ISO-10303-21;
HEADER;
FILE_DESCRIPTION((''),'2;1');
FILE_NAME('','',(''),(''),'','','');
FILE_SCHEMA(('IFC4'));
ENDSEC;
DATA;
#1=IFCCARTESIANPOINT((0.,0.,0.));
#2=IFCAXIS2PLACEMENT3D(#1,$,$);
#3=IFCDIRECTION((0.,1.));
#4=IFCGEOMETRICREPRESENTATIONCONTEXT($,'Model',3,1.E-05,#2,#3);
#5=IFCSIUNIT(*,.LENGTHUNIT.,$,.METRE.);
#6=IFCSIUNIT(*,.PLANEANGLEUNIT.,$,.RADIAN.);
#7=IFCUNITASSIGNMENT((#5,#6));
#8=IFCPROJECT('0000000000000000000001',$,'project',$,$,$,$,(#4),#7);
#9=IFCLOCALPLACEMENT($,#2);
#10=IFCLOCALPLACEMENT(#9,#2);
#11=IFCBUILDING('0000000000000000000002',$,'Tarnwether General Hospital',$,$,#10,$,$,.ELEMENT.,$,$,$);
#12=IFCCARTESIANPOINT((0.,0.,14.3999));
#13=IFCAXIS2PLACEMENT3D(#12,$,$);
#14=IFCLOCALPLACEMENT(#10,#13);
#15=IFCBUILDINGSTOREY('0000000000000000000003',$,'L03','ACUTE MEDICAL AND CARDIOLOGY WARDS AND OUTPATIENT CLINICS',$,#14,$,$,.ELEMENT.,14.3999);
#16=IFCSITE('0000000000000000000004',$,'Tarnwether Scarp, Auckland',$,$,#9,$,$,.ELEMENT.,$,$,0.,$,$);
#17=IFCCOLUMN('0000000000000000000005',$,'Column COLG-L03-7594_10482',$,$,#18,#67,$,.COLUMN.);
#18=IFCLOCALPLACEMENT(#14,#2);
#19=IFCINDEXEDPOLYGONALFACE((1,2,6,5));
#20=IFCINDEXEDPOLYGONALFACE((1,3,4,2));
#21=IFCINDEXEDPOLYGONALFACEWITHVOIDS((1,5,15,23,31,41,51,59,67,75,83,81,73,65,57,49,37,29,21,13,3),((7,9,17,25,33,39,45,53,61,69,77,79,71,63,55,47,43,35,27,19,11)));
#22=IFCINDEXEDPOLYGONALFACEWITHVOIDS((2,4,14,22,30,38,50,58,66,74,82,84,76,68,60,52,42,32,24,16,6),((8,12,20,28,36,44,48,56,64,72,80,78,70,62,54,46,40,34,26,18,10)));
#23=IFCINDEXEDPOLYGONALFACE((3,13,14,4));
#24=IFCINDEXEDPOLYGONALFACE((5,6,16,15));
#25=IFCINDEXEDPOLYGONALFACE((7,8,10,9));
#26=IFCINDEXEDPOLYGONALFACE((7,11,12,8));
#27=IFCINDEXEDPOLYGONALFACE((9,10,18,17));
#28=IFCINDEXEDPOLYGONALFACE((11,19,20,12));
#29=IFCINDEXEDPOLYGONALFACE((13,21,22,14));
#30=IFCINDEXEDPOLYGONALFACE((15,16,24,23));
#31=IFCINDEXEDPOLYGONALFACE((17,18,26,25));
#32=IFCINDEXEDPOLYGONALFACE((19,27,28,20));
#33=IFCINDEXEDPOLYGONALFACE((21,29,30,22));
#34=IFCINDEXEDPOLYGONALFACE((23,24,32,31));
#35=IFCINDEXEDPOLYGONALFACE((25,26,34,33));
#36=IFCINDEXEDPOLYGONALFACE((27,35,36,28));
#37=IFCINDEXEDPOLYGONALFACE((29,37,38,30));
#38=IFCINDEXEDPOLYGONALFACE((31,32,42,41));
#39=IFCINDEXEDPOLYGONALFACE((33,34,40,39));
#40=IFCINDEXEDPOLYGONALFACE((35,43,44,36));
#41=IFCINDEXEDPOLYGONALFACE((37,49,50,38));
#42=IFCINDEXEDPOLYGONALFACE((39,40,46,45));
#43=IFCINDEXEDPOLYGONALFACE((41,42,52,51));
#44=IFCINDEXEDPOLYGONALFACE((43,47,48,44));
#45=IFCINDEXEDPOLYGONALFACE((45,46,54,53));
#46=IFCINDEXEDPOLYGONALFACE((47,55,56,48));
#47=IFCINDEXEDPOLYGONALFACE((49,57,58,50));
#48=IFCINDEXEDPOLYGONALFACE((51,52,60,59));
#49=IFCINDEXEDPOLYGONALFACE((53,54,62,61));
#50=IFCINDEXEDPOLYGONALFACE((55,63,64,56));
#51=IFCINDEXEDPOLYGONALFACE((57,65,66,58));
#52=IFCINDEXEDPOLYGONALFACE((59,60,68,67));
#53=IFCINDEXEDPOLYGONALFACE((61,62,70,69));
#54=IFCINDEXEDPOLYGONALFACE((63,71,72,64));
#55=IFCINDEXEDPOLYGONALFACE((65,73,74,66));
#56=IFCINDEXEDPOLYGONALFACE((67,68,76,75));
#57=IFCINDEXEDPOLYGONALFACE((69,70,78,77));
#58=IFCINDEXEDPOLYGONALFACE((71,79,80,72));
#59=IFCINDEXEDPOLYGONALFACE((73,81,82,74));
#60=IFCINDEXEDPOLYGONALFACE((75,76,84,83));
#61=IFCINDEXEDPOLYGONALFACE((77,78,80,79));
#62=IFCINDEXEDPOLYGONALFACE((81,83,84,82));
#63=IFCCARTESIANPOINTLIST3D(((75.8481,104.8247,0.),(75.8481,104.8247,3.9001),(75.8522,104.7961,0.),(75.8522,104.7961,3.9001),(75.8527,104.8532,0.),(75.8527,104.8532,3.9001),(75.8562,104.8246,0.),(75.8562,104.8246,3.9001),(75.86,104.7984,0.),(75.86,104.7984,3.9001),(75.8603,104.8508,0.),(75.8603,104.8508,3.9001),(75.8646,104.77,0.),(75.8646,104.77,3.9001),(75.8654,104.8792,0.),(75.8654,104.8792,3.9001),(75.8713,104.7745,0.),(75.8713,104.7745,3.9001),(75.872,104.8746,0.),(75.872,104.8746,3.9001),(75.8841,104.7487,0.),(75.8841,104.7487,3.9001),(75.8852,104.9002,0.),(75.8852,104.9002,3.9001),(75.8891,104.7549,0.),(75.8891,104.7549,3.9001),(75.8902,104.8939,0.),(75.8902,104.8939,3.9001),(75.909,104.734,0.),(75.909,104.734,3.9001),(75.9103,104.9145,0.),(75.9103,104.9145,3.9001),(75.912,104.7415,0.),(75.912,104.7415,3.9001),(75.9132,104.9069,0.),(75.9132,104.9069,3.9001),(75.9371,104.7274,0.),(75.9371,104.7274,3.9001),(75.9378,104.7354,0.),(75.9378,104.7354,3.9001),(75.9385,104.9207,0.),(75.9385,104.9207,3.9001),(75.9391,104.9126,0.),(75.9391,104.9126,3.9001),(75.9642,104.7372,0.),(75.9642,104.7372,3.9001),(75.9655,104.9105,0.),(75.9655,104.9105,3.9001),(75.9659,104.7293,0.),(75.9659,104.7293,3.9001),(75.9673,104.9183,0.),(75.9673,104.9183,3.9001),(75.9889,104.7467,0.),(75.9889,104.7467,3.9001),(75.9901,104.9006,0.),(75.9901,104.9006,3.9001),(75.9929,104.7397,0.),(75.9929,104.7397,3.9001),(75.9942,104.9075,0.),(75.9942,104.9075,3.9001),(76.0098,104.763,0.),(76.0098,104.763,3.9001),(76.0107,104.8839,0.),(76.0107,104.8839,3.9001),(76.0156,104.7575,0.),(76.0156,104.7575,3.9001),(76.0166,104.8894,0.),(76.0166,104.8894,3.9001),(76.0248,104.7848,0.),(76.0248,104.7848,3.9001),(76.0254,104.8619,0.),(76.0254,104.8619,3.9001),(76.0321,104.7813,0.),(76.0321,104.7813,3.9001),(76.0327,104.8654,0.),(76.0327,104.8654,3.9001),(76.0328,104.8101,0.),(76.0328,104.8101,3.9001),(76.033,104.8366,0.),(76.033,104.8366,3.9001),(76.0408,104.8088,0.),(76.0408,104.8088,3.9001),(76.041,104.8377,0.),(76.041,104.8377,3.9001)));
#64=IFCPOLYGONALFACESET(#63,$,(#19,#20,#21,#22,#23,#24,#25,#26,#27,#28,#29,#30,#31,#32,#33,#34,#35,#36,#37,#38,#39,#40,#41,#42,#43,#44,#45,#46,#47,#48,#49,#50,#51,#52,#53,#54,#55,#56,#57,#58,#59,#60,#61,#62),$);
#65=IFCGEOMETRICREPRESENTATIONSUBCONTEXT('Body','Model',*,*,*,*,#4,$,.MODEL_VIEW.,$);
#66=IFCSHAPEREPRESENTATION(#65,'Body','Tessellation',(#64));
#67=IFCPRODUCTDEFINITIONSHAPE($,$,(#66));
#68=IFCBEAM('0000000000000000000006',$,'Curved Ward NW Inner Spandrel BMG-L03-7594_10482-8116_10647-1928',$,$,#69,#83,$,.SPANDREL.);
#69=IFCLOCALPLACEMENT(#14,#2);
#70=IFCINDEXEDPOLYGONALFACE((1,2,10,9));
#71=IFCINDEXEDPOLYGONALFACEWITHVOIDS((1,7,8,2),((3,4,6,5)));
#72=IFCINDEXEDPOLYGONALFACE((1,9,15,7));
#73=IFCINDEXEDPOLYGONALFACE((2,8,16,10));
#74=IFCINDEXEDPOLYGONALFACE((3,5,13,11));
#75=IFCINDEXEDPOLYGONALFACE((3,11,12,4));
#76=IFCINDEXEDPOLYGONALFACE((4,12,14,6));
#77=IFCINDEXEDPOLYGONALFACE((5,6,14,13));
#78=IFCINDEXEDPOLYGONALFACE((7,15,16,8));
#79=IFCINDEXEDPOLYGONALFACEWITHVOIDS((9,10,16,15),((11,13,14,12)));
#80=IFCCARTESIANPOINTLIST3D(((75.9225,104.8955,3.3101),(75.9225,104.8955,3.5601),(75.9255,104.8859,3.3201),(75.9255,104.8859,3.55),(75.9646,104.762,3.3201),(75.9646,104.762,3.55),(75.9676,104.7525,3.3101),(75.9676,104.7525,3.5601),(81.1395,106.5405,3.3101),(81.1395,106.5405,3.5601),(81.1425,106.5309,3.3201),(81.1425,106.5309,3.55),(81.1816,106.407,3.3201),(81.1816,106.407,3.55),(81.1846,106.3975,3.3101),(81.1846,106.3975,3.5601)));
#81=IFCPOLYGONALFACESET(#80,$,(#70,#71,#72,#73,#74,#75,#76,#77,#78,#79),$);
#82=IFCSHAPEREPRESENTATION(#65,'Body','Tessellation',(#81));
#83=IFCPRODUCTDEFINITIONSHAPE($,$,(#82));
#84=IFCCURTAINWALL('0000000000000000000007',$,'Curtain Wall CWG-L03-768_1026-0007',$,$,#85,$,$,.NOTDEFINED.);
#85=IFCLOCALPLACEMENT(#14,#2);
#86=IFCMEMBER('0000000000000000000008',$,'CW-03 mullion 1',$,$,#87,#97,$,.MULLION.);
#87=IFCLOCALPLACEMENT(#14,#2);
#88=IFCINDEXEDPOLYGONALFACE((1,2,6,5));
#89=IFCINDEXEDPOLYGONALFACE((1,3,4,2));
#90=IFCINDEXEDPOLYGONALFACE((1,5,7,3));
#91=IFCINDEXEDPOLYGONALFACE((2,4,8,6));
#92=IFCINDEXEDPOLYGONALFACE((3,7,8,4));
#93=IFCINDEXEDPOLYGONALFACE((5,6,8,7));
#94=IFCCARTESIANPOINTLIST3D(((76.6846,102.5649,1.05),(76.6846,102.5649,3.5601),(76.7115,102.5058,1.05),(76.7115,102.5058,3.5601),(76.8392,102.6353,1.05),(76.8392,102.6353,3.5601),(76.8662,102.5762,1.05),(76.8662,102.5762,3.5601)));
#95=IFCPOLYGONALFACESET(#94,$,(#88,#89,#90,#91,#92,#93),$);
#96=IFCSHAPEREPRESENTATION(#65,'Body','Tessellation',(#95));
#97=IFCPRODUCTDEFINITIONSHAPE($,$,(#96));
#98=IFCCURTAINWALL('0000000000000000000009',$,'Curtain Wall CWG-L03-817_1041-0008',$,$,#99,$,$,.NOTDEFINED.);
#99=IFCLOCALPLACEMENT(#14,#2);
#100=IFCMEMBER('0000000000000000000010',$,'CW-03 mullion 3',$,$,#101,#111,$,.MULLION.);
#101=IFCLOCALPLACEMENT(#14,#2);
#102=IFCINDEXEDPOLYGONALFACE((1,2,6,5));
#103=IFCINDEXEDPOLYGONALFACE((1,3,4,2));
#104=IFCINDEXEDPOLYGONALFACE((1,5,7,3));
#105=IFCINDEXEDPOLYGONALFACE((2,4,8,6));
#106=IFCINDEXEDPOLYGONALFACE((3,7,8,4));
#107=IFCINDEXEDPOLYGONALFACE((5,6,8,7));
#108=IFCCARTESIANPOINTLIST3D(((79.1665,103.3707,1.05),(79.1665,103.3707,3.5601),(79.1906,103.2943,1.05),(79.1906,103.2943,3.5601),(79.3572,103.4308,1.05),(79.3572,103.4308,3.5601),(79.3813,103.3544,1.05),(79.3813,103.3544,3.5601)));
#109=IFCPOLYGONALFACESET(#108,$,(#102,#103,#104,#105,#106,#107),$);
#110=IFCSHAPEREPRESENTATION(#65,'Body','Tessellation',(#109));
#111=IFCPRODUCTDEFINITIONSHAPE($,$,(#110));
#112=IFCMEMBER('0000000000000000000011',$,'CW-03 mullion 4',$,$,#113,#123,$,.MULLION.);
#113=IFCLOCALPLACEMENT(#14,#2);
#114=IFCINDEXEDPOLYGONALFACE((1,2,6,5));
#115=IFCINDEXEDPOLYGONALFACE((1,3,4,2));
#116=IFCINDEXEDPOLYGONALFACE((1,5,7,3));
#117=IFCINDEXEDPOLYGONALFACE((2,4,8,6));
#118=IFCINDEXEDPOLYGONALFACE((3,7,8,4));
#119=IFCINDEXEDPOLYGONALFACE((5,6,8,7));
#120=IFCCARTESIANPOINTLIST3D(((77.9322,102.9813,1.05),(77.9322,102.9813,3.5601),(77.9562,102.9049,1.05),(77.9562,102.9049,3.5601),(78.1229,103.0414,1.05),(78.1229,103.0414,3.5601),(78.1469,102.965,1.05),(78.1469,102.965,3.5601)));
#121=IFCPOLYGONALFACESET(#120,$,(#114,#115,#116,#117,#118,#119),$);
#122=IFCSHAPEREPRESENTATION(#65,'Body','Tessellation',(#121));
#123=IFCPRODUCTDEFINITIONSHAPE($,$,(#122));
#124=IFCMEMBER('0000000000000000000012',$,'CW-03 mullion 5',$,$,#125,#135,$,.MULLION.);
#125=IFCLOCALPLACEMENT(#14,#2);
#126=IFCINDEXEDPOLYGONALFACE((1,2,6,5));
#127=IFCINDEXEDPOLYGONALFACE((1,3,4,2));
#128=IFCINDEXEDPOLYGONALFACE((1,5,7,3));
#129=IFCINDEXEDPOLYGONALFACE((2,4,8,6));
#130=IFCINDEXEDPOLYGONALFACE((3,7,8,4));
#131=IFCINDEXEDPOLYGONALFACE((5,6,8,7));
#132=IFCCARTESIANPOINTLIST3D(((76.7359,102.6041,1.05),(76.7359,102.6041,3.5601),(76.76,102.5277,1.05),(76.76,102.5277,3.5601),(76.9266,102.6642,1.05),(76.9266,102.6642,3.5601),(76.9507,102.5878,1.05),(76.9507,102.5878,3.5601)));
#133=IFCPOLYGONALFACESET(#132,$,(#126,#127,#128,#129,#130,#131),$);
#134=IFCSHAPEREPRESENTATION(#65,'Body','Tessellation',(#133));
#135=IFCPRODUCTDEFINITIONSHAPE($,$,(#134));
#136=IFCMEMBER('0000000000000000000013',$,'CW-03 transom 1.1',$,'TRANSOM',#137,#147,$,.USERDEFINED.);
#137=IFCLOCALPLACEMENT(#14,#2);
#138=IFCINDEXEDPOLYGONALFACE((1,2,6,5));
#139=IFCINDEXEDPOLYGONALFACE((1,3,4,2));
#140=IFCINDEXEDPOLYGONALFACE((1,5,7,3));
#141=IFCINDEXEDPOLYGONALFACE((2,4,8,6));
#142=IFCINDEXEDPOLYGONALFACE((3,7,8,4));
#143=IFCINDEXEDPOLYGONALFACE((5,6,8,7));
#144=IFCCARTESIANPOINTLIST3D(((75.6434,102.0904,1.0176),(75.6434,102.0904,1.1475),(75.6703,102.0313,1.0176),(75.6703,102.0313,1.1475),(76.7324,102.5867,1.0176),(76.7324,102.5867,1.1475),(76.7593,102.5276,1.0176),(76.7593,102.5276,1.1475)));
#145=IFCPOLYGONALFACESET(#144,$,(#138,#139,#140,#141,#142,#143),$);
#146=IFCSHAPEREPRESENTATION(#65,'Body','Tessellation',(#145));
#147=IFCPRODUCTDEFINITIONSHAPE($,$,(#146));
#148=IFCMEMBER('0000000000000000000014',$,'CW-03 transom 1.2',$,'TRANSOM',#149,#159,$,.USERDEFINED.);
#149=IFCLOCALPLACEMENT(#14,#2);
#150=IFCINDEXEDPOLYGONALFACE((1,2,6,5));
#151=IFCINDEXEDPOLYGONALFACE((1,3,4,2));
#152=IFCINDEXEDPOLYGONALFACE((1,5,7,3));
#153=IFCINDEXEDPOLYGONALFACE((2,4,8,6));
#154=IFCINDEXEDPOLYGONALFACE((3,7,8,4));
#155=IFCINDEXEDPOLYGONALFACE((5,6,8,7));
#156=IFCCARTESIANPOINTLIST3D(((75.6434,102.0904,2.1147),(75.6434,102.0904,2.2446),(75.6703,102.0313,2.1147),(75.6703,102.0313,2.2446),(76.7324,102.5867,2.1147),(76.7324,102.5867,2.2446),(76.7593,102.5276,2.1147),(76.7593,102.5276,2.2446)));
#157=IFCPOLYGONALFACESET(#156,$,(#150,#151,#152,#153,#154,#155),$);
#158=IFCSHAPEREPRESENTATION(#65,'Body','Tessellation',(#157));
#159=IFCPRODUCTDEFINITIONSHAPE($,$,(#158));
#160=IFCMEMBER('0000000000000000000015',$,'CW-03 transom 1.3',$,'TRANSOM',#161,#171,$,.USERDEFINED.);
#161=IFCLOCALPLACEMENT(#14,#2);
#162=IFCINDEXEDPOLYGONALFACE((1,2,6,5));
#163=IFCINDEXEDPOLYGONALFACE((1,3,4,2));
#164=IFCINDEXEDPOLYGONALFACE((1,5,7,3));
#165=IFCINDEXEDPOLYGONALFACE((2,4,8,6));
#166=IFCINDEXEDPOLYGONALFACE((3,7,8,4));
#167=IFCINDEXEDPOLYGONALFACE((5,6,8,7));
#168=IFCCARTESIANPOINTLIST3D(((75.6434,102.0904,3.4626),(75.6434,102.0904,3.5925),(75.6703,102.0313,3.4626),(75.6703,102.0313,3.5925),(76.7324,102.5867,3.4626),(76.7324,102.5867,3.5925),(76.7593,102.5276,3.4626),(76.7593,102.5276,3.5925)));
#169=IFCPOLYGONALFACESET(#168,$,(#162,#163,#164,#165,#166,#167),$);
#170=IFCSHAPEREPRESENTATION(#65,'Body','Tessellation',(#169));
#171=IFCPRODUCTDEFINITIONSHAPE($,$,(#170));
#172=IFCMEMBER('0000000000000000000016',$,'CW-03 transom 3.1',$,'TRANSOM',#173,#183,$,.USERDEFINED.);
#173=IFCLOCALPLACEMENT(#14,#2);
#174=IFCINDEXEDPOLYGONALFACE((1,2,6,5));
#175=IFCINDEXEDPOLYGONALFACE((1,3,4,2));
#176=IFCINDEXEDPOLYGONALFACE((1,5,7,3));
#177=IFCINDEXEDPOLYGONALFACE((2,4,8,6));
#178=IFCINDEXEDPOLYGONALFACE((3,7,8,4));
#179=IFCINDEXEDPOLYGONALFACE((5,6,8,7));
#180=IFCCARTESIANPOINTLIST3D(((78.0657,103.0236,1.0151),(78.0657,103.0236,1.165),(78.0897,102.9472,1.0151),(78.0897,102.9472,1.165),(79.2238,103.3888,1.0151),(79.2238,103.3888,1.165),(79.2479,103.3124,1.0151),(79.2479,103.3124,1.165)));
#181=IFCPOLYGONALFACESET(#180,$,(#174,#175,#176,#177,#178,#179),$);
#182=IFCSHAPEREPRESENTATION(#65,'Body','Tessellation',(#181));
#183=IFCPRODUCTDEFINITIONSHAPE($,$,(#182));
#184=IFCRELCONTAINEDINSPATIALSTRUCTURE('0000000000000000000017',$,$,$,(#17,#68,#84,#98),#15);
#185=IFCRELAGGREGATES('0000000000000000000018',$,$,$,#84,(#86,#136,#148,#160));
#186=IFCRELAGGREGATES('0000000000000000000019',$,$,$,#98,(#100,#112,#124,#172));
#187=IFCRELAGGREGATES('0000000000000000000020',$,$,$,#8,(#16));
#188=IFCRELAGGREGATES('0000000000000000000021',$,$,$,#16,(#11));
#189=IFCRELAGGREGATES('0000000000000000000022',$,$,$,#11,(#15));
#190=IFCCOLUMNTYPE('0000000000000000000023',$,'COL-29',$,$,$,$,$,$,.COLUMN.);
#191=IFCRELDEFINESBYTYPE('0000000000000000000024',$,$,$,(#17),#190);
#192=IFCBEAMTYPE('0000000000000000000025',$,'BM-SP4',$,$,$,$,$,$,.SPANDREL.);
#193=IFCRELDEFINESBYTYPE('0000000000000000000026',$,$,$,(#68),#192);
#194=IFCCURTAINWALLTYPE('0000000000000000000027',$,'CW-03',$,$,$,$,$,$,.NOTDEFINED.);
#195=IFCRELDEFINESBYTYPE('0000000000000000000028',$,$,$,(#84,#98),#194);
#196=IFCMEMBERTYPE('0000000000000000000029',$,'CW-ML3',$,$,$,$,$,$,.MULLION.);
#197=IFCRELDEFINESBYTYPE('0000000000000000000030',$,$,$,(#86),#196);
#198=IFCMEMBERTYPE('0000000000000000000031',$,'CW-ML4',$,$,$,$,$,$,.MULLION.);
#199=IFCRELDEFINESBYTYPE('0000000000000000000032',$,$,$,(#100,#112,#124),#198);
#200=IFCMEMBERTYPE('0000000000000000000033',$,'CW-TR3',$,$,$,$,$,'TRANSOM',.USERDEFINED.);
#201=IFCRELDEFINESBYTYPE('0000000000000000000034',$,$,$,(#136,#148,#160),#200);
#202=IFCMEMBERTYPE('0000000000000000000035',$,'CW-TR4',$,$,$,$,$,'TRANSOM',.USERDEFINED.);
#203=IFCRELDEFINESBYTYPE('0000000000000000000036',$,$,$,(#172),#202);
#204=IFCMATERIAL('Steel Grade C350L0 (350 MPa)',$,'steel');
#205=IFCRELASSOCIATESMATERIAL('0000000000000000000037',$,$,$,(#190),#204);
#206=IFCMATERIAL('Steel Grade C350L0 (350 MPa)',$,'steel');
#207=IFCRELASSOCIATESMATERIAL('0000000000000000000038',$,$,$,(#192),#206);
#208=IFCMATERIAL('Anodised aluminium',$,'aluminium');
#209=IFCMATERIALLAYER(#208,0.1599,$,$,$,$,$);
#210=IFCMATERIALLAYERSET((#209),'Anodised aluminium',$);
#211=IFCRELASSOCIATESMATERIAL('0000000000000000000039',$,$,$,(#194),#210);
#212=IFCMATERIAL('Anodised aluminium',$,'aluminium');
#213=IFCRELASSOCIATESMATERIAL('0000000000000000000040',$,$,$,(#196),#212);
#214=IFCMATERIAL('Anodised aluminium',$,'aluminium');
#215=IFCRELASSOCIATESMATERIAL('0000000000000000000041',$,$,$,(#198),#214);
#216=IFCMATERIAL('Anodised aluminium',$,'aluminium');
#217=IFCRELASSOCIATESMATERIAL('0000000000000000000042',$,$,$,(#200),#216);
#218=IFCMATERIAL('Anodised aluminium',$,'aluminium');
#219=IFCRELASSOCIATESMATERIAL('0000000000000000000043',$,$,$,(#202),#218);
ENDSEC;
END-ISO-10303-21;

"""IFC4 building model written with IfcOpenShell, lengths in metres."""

from ifc_helpers import new_model, si_unit, direction, frame, origin, origin_2d, place, context, subcontext, project, spatial, rectangle, hollow_rectangle, hollow_circle, extrude, material, layer, layer_set, material_profile, profile_set, type_object, element, aggregate, save


model = new_model("IFC4")

# Units and contexts
model_context = context("Model", 3, precision=1e-05, world=origin(), true_north=direction((0.0, 1.0)))
body_context = subcontext(model_context, "Body", "Model", "MODEL_VIEW")
ifc_project = project(units=[si_unit("LENGTHUNIT", "METRE"), si_unit("PLANEANGLEUNIT", "RADIAN")], contexts=[model_context])

# Site, building, storey
site_placement = place(None, origin())
site = spatial("IfcSite", under=ifc_project, at=site_placement, Name="Tarnwether Scarp, Auckland", CompositionType="ELEMENT", RefElevation=0.0)
building_placement = place(site_placement, origin())
building = spatial("IfcBuilding", under=site, at=building_placement, Name="Tarnwether General Hospital", CompositionType="ELEMENT")
storey_placement = place(building_placement, frame((0.0, 0.0, 14.3999)))
storey = spatial("IfcBuildingStorey", under=building, at=storey_placement, Name="L03", Description="ACUTE MEDICAL AND CARDIOLOGY WARDS AND OUTPATIENT CLINICS", CompositionType="ELEMENT", Elevation=14.3999)

# Column
ifc_material_1 = material(Name="Steel Grade C350L0 (350 MPa)", Category="steel")
ifc_material_profile_1 = material_profile(ifc_material_1, hollow_circle(Radius=0.0969, WallThickness=0.0081, at=origin_2d()), Name="CHS193.7x8.0")
ifc_profile_set_1 = profile_set([ifc_material_profile_1], Name="Steel Grade C350L0 (350 MPa)")
column_type = type_object("IfcColumnType", Name="COL-29", PredefinedType="COLUMN", material=ifc_profile_set_1)
column_placement = place(storey_placement, frame((75.9451, 104.824, 0.0), z_axis=(0.0, 0.0, 1.0), x_axis=(-0.358368, 0.93358, 0.0)))
element("IfcColumn", 1, at=column_placement, inside=storey, type_object=column_type, Name="Column COLG-L03-7594_10482", PredefinedType="COLUMN", context=body_context, shape_type="SweptSolid", body=[
    extrude(hollow_circle(Radius=0.0969, WallThickness=0.0081, at=origin_2d()), origin(), (0.0, 0.0, 1.0), 3.9001),
])

# Beam
ifc_material_2 = material(Name="Steel Grade C350L0 (350 MPa)", Category="steel")
ifc_material_profile_2 = material_profile(ifc_material_2, hollow_rectangle(XDim=0.1499, YDim=0.25, WallThickness=0.01, at=origin_2d()), Name="RHS250x150x10")
ifc_profile_set_2 = profile_set([ifc_material_profile_2], Name="Steel Grade C350L0 (350 MPa)")
beam_type = type_object("IfcBeamType", Name="BM-SP4", PredefinedType="SPANDREL", material=ifc_profile_set_2)
beam_placement = place(storey_placement, frame((75.9451, 104.824, 3.4351), z_axis=(0.953712, 0.300721, 0.0), x_axis=(-0.300721, 0.953712, 0.0)))
element("IfcBeam", 2, at=beam_placement, inside=storey, type_object=beam_type, Name="Curved Ward NW Inner Spandrel BMG-L03-7594_10482-8116_10647-1928", PredefinedType="SPANDREL", context=body_context, shape_type="SweptSolid", body=[
    extrude(hollow_rectangle(XDim=0.1499, YDim=0.25, WallThickness=0.01, at=origin_2d()), origin(), (0.0, 0.0, 1.0), 5.4702),
])

# Curtain wall, member
ifc_material_3 = material(Name="Anodised aluminium", Category="aluminium")
ifc_layer_1 = layer(ifc_material_3, 0.1599)
ifc_layer_set_1 = layer_set([ifc_layer_1], Name="Anodised aluminium")
curtain_wall_type = type_object("IfcCurtainWallType", Name="CW-03", PredefinedType="NOTDEFINED", material=ifc_layer_set_1)
curtain_wall_1_placement = place(storey_placement, origin())
curtain_wall_1 = element("IfcCurtainWall", 3, at=curtain_wall_1_placement, inside=storey, type_object=curtain_wall_type, Name="Curtain Wall CWG-L03-768_1026-0007", PredefinedType="NOTDEFINED")
ifc_material_4 = material(Name="Anodised aluminium", Category="aluminium")
ifc_material_profile_3 = material_profile(ifc_material_4, rectangle(XDim=0.0649, YDim=0.1699, at=origin_2d()), Name="ALU-MUL-65x170")
ifc_profile_set_3 = profile_set([ifc_material_profile_3], Name="Anodised aluminium")
member_type_1 = type_object("IfcMemberType", Name="CW-ML3", PredefinedType="MULLION", material=ifc_profile_set_3)
member_1_placement = place(storey_placement, frame((76.7754, 102.5706, 1.05), z_axis=(0.0, 0.0, 1.0), x_axis=(0.414705, -0.909956, 0.0)))
member_1 = element("IfcMember", 4, at=member_1_placement, type_object=member_type_1, Name="CW-03 mullion 1", PredefinedType="MULLION", context=body_context, shape_type="SweptSolid", body=[
    extrude(rectangle(XDim=0.0649, YDim=0.1699, at=origin_2d()), origin(), (0.0, 0.0, 1.0), 2.51),
])

# Curtain wall, members
curtain_wall_2_placement = place(storey_placement, origin())
curtain_wall_2 = element("IfcCurtainWall", 5, at=curtain_wall_2_placement, inside=storey, type_object=curtain_wall_type, Name="Curtain Wall CWG-L03-817_1041-0008", PredefinedType="NOTDEFINED")
ifc_material_5 = material(Name="Anodised aluminium", Category="aluminium")
ifc_material_profile_4 = material_profile(ifc_material_5, rectangle(XDim=0.0801, YDim=0.2, at=origin_2d()), Name="ALU-MUL-80x200")
ifc_profile_set_4 = profile_set([ifc_material_profile_4], Name="Anodised aluminium")
member_type_2 = type_object("IfcMemberType", Name="CW-ML4", PredefinedType="MULLION", material=ifc_profile_set_4)
member_2_placement = place(storey_placement, frame((79.2739, 103.3625, 1.05), z_axis=(0.0, 0.0, 1.0), x_axis=(0.300715, -0.953714, 0.0)))
member_2 = element("IfcMember", 6, at=member_2_placement, type_object=member_type_2, Name="CW-03 mullion 3", PredefinedType="MULLION", context=body_context, shape_type="SweptSolid", body=[
    extrude(rectangle(XDim=0.0801, YDim=0.2, at=origin_2d()), origin(), (0.0, 0.0, 1.0), 2.51),
])
member_3_placement = place(storey_placement, frame((78.0396, 102.9731, 1.05), z_axis=(0.0, 0.0, 1.0), x_axis=(0.300715, -0.953714, 0.0)))
member_3 = element("IfcMember", 7, at=member_3_placement, type_object=member_type_2, Name="CW-03 mullion 4", PredefinedType="MULLION", context=body_context, shape_type="SweptSolid", body=[
    extrude(rectangle(XDim=0.0801, YDim=0.2, at=origin_2d()), origin(), (0.0, 0.0, 1.0), 2.51),
])
member_4_placement = place(storey_placement, frame((76.8433, 102.5959, 1.05), z_axis=(0.0, 0.0, 1.0), x_axis=(0.300715, -0.953714, 0.0)))
member_4 = element("IfcMember", 8, at=member_4_placement, type_object=member_type_2, Name="CW-03 mullion 5", PredefinedType="MULLION", context=body_context, shape_type="SweptSolid", body=[
    extrude(rectangle(XDim=0.0801, YDim=0.2, at=origin_2d()), origin(), (0.0, 0.0, 1.0), 2.51),
])

# Members
ifc_material_6 = material(Name="Anodised aluminium", Category="aluminium")
ifc_material_profile_5 = material_profile(ifc_material_6, rectangle(XDim=0.0649, YDim=0.1299, at=origin_2d()), Name="ALU-TRN-65x130")
ifc_profile_set_5 = profile_set([ifc_material_profile_5], Name="Anodised aluminium")
member_type_3 = type_object("IfcMemberType", Name="CW-TR3", ElementType="TRANSOM", PredefinedType="USERDEFINED", material=ifc_profile_set_5)
member_5_placement = place(storey_placement, frame((76.7458, 102.5571, 1.0825), z_axis=(-0.909961, -0.414694, 0.0), x_axis=(0.414694, -0.909961, 0.0)))
member_5 = element("IfcMember", 9, at=member_5_placement, type_object=member_type_3, Name="CW-03 transom 1.1", ObjectType="TRANSOM", PredefinedType="USERDEFINED", context=body_context, shape_type="SweptSolid", body=[
    extrude(rectangle(XDim=0.0649, YDim=0.1299, at=origin_2d()), origin(), (0.0, 0.0, 1.0), 1.1968),
])
member_6_placement = place(storey_placement, frame((76.7458, 102.5571, 2.1797), z_axis=(-0.909961, -0.414694, 0.0), x_axis=(0.414694, -0.909961, 0.0)))
member_6 = element("IfcMember", 10, at=member_6_placement, type_object=member_type_3, Name="CW-03 transom 1.2", ObjectType="TRANSOM", PredefinedType="USERDEFINED", context=body_context, shape_type="SweptSolid", body=[
    extrude(rectangle(XDim=0.0649, YDim=0.1299, at=origin_2d()), origin(), (0.0, 0.0, 1.0), 1.1968),
])
member_7_placement = place(storey_placement, frame((76.7458, 102.5571, 3.5276), z_axis=(-0.909961, -0.414694, 0.0), x_axis=(0.414694, -0.909961, 0.0)))
member_7 = element("IfcMember", 11, at=member_7_placement, type_object=member_type_3, Name="CW-03 transom 1.3", ObjectType="TRANSOM", PredefinedType="USERDEFINED", context=body_context, shape_type="SweptSolid", body=[
    extrude(rectangle(XDim=0.0649, YDim=0.1299, at=origin_2d()), origin(), (0.0, 0.0, 1.0), 1.1968),
])
aggregate(curtain_wall_1, [member_1, member_5, member_6, member_7])
ifc_material_7 = material(Name="Anodised aluminium", Category="aluminium")
ifc_material_profile_6 = material_profile(ifc_material_7, rectangle(XDim=0.0801, YDim=0.1499, at=origin_2d()), Name="ALU-TRN-80x150")
ifc_profile_set_6 = profile_set([ifc_material_profile_6], Name="Anodised aluminium")
member_type_4 = type_object("IfcMemberType", Name="CW-TR4", ElementType="TRANSOM", PredefinedType="USERDEFINED", material=ifc_profile_set_6)
member_8_placement = place(storey_placement, frame((79.2358, 103.3506, 1.0901), z_axis=(-0.953704, -0.300746, 0.0), x_axis=(0.300746, -0.953704, 0.0)))
member_8 = element("IfcMember", 12, at=member_8_placement, type_object=member_type_4, Name="CW-03 transom 3.1", ObjectType="TRANSOM", PredefinedType="USERDEFINED", context=body_context, shape_type="SweptSolid", body=[
    extrude(rectangle(XDim=0.0801, YDim=0.1499, at=origin_2d()), origin(), (0.0, 0.0, 1.0), 1.2144),
])

aggregate(curtain_wall_2, [member_2, member_3, member_4, member_8])

save(model, "model.ifc")
